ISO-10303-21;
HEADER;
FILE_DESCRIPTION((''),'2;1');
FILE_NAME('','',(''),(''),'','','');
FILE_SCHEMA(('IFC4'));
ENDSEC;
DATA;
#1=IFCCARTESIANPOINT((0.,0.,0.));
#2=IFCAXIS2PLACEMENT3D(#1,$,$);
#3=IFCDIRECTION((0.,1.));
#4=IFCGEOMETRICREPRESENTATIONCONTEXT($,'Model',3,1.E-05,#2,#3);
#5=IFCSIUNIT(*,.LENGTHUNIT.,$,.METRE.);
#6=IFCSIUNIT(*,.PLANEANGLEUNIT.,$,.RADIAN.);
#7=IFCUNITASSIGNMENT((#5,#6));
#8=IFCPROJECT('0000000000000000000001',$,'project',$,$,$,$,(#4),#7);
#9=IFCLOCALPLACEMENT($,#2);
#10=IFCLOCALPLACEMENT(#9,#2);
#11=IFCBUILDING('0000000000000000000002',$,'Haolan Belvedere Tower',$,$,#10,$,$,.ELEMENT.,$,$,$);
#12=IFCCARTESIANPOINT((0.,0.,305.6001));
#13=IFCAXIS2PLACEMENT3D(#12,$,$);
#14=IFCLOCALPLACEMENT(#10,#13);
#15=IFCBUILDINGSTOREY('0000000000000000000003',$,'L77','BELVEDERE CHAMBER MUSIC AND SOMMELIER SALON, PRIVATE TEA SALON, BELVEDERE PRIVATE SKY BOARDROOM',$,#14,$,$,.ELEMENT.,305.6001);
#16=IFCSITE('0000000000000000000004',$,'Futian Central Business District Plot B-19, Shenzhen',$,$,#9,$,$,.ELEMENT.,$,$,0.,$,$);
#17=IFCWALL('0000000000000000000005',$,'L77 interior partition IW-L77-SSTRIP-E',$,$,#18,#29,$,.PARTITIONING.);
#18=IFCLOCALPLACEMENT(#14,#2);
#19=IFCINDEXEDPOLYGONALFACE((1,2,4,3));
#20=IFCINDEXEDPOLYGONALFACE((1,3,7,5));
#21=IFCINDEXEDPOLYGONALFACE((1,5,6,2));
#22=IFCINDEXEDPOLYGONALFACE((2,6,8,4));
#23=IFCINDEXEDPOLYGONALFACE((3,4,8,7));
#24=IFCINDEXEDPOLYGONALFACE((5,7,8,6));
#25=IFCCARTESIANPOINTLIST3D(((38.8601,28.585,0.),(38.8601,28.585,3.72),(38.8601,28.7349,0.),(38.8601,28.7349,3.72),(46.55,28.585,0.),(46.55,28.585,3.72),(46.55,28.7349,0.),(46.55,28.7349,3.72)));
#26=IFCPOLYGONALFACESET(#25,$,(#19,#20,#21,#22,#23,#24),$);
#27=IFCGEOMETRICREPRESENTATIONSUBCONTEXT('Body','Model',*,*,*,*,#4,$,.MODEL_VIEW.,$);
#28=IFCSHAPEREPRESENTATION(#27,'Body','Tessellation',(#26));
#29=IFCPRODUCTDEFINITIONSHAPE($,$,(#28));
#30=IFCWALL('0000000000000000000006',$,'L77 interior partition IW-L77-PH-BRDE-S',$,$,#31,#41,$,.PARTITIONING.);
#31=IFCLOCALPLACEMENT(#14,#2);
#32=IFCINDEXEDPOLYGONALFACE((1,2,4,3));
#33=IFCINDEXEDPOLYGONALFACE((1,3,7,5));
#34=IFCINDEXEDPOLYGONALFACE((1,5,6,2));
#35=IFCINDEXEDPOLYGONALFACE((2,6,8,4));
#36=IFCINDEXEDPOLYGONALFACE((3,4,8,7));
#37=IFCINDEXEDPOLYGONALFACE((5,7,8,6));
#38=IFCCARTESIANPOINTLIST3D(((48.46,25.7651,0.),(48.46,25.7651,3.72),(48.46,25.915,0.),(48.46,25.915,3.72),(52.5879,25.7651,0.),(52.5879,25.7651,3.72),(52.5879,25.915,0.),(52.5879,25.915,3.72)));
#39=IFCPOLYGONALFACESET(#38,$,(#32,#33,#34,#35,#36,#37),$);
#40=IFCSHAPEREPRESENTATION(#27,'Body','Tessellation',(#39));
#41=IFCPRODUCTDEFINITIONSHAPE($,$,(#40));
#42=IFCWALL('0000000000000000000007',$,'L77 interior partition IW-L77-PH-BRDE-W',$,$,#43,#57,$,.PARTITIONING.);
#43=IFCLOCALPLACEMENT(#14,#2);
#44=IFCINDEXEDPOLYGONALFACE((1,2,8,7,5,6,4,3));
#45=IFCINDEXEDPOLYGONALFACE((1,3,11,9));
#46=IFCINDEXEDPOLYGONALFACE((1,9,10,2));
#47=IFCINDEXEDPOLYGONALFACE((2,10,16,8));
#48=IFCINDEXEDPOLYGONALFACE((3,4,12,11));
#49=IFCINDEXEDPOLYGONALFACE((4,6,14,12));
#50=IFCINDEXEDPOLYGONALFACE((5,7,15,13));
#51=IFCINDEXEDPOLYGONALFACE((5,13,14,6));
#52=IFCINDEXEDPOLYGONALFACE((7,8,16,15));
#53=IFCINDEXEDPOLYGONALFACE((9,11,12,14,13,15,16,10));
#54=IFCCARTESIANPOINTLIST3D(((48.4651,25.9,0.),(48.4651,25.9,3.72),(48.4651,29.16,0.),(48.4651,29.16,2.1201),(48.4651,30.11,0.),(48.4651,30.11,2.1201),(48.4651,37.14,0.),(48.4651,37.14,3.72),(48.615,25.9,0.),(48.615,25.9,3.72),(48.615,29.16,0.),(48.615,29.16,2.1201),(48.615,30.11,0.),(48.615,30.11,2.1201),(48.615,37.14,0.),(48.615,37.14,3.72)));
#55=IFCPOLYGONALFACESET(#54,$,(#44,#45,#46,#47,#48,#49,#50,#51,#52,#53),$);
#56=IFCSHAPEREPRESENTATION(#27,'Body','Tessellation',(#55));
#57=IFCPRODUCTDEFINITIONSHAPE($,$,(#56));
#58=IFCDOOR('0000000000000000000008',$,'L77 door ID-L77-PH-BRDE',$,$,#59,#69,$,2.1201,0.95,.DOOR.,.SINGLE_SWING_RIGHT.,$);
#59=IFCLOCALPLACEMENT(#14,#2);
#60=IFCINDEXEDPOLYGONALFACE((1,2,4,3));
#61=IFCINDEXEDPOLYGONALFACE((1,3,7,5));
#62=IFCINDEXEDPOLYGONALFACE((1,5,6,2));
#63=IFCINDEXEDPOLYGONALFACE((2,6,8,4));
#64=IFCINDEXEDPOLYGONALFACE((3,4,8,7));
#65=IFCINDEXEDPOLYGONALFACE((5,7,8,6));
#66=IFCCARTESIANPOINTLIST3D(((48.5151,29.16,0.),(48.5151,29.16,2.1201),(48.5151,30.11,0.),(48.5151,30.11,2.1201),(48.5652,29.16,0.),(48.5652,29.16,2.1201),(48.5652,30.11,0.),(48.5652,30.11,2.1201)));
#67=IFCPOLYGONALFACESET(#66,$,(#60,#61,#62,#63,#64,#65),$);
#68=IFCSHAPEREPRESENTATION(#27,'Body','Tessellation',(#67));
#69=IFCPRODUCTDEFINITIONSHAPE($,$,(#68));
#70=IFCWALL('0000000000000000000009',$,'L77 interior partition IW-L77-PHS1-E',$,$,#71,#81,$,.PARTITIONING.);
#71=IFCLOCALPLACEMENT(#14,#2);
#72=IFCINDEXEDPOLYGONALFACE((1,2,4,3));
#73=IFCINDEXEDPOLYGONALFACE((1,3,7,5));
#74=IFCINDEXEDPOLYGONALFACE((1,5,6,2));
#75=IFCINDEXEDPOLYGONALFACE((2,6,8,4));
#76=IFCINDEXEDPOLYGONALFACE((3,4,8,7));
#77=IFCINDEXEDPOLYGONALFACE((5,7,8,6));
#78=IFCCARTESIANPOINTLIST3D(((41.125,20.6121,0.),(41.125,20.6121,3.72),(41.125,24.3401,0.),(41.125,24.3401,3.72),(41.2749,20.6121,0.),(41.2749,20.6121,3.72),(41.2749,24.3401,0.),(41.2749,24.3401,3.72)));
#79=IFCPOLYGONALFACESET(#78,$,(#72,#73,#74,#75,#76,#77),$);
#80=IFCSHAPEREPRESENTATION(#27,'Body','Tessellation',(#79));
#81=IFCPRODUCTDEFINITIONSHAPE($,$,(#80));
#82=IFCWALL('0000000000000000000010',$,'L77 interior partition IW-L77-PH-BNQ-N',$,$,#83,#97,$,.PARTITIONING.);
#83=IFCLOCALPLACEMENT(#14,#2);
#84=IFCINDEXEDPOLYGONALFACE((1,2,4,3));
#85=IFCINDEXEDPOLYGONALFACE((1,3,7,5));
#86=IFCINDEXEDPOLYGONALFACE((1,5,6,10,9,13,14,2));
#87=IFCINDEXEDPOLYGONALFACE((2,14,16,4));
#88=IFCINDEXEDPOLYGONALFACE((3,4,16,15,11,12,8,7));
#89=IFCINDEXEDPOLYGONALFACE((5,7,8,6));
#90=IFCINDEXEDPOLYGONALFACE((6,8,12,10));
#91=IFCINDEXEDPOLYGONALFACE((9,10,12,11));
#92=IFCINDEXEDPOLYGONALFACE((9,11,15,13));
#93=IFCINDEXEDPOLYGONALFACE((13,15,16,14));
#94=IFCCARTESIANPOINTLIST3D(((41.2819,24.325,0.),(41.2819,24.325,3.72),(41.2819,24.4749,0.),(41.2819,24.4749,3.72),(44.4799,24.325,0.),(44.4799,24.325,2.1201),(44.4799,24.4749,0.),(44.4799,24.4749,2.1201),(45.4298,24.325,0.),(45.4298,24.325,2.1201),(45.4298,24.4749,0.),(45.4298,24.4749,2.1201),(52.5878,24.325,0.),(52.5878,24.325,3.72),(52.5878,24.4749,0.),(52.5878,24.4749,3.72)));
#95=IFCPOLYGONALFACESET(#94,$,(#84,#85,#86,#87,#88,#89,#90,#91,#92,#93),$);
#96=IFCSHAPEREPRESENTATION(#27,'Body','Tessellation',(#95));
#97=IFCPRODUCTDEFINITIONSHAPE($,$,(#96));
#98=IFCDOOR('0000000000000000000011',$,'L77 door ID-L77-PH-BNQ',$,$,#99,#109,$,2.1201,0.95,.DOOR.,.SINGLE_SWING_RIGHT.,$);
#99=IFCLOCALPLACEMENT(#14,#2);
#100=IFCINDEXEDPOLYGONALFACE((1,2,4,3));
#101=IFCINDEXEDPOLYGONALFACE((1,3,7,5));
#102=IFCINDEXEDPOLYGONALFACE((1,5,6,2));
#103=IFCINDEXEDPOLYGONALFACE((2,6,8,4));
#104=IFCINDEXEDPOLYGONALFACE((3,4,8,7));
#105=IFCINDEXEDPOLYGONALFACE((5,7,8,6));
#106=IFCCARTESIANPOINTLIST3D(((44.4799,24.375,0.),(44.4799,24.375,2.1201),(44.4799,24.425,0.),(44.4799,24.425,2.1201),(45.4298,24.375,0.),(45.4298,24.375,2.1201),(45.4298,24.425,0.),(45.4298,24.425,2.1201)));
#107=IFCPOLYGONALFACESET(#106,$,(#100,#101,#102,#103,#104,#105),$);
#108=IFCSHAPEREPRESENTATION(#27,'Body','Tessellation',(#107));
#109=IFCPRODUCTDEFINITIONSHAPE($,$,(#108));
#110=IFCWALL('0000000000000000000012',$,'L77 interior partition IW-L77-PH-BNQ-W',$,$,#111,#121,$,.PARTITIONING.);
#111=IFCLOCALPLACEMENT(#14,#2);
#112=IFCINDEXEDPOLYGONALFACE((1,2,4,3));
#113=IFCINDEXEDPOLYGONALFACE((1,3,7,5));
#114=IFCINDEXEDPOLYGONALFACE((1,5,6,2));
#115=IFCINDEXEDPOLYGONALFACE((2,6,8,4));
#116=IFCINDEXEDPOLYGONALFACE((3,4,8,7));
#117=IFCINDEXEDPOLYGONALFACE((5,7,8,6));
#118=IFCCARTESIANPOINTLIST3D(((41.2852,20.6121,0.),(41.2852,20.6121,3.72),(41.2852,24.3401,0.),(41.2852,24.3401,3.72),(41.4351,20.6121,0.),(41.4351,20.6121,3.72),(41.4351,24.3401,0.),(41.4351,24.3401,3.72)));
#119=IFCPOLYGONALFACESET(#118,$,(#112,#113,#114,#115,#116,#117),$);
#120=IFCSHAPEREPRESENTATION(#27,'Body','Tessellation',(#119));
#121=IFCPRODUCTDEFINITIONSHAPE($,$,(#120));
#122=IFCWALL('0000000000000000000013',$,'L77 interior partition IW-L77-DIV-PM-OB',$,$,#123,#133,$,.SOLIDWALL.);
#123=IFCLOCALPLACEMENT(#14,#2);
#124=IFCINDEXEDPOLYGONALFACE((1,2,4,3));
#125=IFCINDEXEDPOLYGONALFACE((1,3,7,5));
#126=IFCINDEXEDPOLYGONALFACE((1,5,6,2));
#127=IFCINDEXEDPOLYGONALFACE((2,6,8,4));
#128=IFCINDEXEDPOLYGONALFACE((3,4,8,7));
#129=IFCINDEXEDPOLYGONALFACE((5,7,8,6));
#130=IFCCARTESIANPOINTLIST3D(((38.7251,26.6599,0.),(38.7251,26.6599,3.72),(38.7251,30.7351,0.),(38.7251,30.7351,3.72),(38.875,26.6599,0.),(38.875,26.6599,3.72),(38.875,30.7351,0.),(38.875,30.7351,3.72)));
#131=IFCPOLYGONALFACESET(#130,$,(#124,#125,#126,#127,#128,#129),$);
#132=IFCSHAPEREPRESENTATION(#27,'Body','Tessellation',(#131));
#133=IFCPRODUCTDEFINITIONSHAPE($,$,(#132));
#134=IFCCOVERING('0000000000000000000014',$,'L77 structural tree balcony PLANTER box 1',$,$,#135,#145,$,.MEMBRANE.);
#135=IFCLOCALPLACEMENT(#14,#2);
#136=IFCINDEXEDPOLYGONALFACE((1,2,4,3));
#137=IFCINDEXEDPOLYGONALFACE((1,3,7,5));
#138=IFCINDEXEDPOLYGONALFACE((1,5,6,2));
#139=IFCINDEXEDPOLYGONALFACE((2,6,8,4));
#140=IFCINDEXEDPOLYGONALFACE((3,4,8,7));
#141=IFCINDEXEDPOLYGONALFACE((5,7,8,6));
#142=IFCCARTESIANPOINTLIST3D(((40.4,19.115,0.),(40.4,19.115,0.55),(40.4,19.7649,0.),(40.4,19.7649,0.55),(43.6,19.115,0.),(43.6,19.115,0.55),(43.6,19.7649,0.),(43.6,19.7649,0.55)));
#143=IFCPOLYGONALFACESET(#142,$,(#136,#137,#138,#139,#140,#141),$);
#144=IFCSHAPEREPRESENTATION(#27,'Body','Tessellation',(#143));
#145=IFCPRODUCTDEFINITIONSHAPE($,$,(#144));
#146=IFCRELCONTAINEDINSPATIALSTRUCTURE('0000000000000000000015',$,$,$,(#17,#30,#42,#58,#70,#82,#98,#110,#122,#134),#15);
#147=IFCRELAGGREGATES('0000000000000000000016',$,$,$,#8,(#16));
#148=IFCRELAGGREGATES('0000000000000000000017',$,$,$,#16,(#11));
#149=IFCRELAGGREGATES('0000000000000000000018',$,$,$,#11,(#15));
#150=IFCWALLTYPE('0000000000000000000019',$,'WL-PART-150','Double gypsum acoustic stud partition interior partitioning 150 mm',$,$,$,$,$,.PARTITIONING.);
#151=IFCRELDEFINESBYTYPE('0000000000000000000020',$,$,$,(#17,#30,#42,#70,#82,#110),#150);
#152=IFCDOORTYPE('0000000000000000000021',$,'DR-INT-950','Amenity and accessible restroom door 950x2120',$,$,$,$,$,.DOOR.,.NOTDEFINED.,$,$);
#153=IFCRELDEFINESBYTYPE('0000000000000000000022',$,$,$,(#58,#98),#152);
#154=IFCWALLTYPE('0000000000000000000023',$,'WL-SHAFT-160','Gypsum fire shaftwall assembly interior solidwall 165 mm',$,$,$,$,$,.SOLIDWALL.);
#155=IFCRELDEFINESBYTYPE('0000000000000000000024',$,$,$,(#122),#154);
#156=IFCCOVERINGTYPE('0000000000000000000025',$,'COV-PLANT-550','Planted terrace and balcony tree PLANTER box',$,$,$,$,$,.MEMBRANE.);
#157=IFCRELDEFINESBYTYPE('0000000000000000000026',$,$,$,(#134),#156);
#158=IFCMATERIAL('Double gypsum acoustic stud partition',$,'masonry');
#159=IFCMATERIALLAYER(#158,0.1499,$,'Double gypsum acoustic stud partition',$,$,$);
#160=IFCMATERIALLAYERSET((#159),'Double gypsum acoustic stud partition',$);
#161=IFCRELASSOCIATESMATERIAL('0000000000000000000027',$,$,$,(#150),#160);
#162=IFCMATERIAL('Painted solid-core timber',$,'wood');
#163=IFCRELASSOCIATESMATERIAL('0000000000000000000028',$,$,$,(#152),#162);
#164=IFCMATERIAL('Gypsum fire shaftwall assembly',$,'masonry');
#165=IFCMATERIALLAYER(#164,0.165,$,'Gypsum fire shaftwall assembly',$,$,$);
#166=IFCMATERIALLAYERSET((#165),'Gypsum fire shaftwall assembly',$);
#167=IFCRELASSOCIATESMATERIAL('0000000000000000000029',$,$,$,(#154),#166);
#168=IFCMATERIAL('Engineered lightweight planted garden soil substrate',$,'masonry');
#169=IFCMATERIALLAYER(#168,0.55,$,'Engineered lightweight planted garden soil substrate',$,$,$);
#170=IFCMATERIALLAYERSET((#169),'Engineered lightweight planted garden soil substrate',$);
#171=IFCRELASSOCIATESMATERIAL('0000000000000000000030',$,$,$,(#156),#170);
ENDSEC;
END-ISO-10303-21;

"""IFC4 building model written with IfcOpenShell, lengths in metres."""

from ifc_helpers import new_model, si_unit, direction, frame, frame_2d, origin, origin_2d, place, context, subcontext, project, spatial, rectangle, extrude, material, layer, layer_set, type_object, element, fill, save


model = new_model("IFC4")

# Units and contexts
model_context = context("Model", 3, precision=1e-05, world=origin(), true_north=direction((0.0, 1.0)))
body_context = subcontext(model_context, "Body", "Model", "MODEL_VIEW")
ifc_project = project(units=[si_unit("LENGTHUNIT", "METRE"), si_unit("PLANEANGLEUNIT", "RADIAN")], contexts=[model_context])

# Site, building, storey
site_placement = place(None, origin())
site = spatial("IfcSite", under=ifc_project, at=site_placement, Name="Futian Central Business District Plot B-19, Shenzhen", CompositionType="ELEMENT", RefElevation=0.0)
building_placement = place(site_placement, origin())
building = spatial("IfcBuilding", under=site, at=building_placement, Name="Haolan Belvedere Tower", CompositionType="ELEMENT")
storey_placement = place(building_placement, frame((0.0, 0.0, 305.6001)))
storey = spatial("IfcBuildingStorey", under=building, at=storey_placement, Name="L77", Description="BELVEDERE CHAMBER MUSIC AND SOMMELIER SALON, PRIVATE TEA SALON, BELVEDERE PRIVATE SKY BOARDROOM", CompositionType="ELEMENT", Elevation=305.6001)

# Walls
ifc_material_1 = material(Name="Double gypsum acoustic stud partition", Category="masonry")
ifc_layer_1 = layer(ifc_material_1, 0.1499, Name="Double gypsum acoustic stud partition")
ifc_layer_set_1 = layer_set([ifc_layer_1], Name="Double gypsum acoustic stud partition")
wall_type_1 = type_object("IfcWallType", Name="WL-PART-150", Description="Double gypsum acoustic stud partition interior partitioning 150 mm", PredefinedType="PARTITIONING", material=ifc_layer_set_1)
wall_1_placement = place(storey_placement, frame((38.8601, 28.6599, 0.0), z_axis=(0.0, 0.0, 1.0), x_axis=(1.0, 0.0, 0.0)))
element("IfcWall", 1, at=wall_1_placement, inside=storey, type_object=wall_type_1, Name="L77 interior partition IW-L77-SSTRIP-E", PredefinedType="PARTITIONING", context=body_context, shape_type="SweptSolid", body=[
    extrude(rectangle(XDim=7.6899, YDim=0.1499, at=frame_2d((3.845, 0.0))), origin(), (0.0, 0.0, 1.0), 3.72),
])
wall_2_placement = place(storey_placement, frame((48.46, 25.8401, 0.0), z_axis=(0.0, 0.0, 1.0), x_axis=(1.0, 0.0, 0.0)))
element("IfcWall", 2, at=wall_2_placement, inside=storey, type_object=wall_type_1, Name="L77 interior partition IW-L77-PH-BRDE-S", PredefinedType="PARTITIONING", context=body_context, shape_type="SweptSolid", body=[
    extrude(rectangle(XDim=4.1279, YDim=0.1499, at=frame_2d((2.064, 0.0))), origin(), (0.0, 0.0, 1.0), 3.72),
])

# Wall, opening, door
wall_3_placement = place(storey_placement, frame((48.54, 25.8999, 0.0), z_axis=(0.0, 0.0, 1.0), x_axis=(0.0, 1.0, 0.0)))
wall_3 = element("IfcWall", 3, at=wall_3_placement, inside=storey, type_object=wall_type_1, Name="L77 interior partition IW-L77-PH-BRDE-W", PredefinedType="PARTITIONING", context=body_context, shape_type="SweptSolid", body=[
    extrude(rectangle(XDim=11.24, YDim=0.1499, at=frame_2d((5.6201, 0.0))), origin(), (0.0, 0.0, 1.0), 3.72),
])
opening_1_placement = place(wall_3_placement, frame((3.26, 0.0, 0.0)))
opening_1 = element("IfcOpeningElement", 4, at=opening_1_placement, cuts=wall_3, PredefinedType="OPENING", context=body_context, shape_type="SweptSolid", body=[
    extrude(rectangle(XDim=0.95, YDim=2.1201, at=frame_2d((0.4751, 1.0601))), frame((0.0, 0.085, 0.0), z_axis=(0.0, -1.0, 0.0), x_axis=(1.0, 0.0, 0.0)), (0.0, 0.0, 1.0), 0.1699),
])
ifc_material_2 = material(Name="Painted solid-core timber", Category="wood")
door_type_1 = type_object("IfcDoorType", Name="DR-INT-950", Description="Amenity and accessible restroom door 950x2120", OperationType="NOTDEFINED", PredefinedType="DOOR", material=ifc_material_2)
door_1_placement = place(opening_1_placement, origin())
door_1 = element("IfcDoor", 5, at=door_1_placement, inside=storey, type_object=door_type_1, Name="L77 door ID-L77-PH-BRDE", OperationType="SINGLE_SWING_RIGHT", OverallHeight=2.1201, OverallWidth=0.95, PredefinedType="DOOR", context=body_context, shape_type="SweptSolid", body=[
    extrude(rectangle(XDim=0.95, YDim=2.1201, at=frame_2d((0.4751, 1.0601))), frame((0.0, 0.0249, 0.0), z_axis=(0.0, -1.0, 0.0), x_axis=(1.0, 0.0, 0.0)), (0.0, 0.0, 1.0), 0.05),
])
fill(opening_1, door_1)

# Wall
wall_4_placement = place(storey_placement, frame((41.2, 20.6121, 0.0), z_axis=(0.0, 0.0, 1.0), x_axis=(0.0, 1.0, 0.0)))
element("IfcWall", 6, at=wall_4_placement, inside=storey, type_object=wall_type_1, Name="L77 interior partition IW-L77-PHS1-E", PredefinedType="PARTITIONING", context=body_context, shape_type="SweptSolid", body=[
    extrude(rectangle(XDim=3.728, YDim=0.1499, at=frame_2d((1.864, 0.0))), origin(), (0.0, 0.0, 1.0), 3.72),
])

# Wall, opening, door
wall_5_placement = place(storey_placement, frame((41.282, 24.3999, 0.0), z_axis=(0.0, 0.0, 1.0), x_axis=(1.0, 0.0, 0.0)))
wall_5 = element("IfcWall", 7, at=wall_5_placement, inside=storey, type_object=wall_type_1, Name="L77 interior partition IW-L77-PH-BNQ-N", PredefinedType="PARTITIONING", context=body_context, shape_type="SweptSolid", body=[
    extrude(rectangle(XDim=11.3059, YDim=0.1499, at=frame_2d((5.6528, 0.0))), origin(), (0.0, 0.0, 1.0), 3.72),
])
opening_2_placement = place(wall_5_placement, frame((4.1479, 0.0, 0.0), z_axis=(0.0, 0.0, 1.0), x_axis=(-1.0, 0.0, 0.0)))
opening_2 = element("IfcOpeningElement", 8, at=opening_2_placement, cuts=wall_5, PredefinedType="OPENING", context=body_context, shape_type="SweptSolid", body=[
    extrude(rectangle(XDim=0.95, YDim=2.1201, at=frame_2d((0.4751, 1.0601))), frame((0.0, 0.085, 0.0), z_axis=(0.0, -1.0, 0.0), x_axis=(1.0, 0.0, 0.0)), (0.0, 0.0, 1.0), 0.1699),
])
door_2_placement = place(opening_2_placement, origin())
door_2 = element("IfcDoor", 9, at=door_2_placement, inside=storey, type_object=door_type_1, Name="L77 door ID-L77-PH-BNQ", OperationType="SINGLE_SWING_RIGHT", OverallHeight=2.1201, OverallWidth=0.95, PredefinedType="DOOR", context=body_context, shape_type="SweptSolid", body=[
    extrude(rectangle(XDim=0.95, YDim=2.1201, at=frame_2d((0.4751, 1.0601))), frame((0.0, 0.0249, 0.0), z_axis=(0.0, -1.0, 0.0), x_axis=(1.0, 0.0, 0.0)), (0.0, 0.0, 1.0), 0.05),
])
fill(opening_2, door_2)

# Walls
wall_6_placement = place(storey_placement, frame((41.3601, 20.6121, 0.0), z_axis=(0.0, 0.0, 1.0), x_axis=(0.0, 1.0, 0.0)))
element("IfcWall", 10, at=wall_6_placement, inside=storey, type_object=wall_type_1, Name="L77 interior partition IW-L77-PH-BNQ-W", PredefinedType="PARTITIONING", context=body_context, shape_type="SweptSolid", body=[
    extrude(rectangle(XDim=3.728, YDim=0.1499, at=frame_2d((1.864, 0.0))), origin(), (0.0, 0.0, 1.0), 3.72),
])
ifc_material_3 = material(Name="Gypsum fire shaftwall assembly", Category="masonry")
ifc_layer_2 = layer(ifc_material_3, 0.165, Name="Gypsum fire shaftwall assembly")
ifc_layer_set_2 = layer_set([ifc_layer_2], Name="Gypsum fire shaftwall assembly")
wall_type_2 = type_object("IfcWallType", Name="WL-SHAFT-160", Description="Gypsum fire shaftwall assembly interior solidwall 165 mm", PredefinedType="SOLIDWALL", material=ifc_layer_set_2)
wall_7_placement = place(storey_placement, frame((38.8, 26.6599, 0.0), z_axis=(0.0, 0.0, 1.0), x_axis=(0.0, 1.0, 0.0)))
element("IfcWall", 11, at=wall_7_placement, inside=storey, type_object=wall_type_2, Name="L77 interior partition IW-L77-DIV-PM-OB", PredefinedType="SOLIDWALL", context=body_context, shape_type="SweptSolid", body=[
    extrude(rectangle(XDim=4.0752, YDim=0.1499, at=frame_2d((2.0376, 0.0))), origin(), (0.0, 0.0, 1.0), 3.72),
])

# Covering
ifc_material_4 = material(Name="Engineered lightweight planted garden soil substrate", Category="masonry")
ifc_layer_3 = layer(ifc_material_4, 0.55, Name="Engineered lightweight planted garden soil substrate")
ifc_layer_set_3 = layer_set([ifc_layer_3], Name="Engineered lightweight planted garden soil substrate")
covering_type = type_object("IfcCoveringType", Name="COV-PLANT-550", Description="Planted terrace and balcony tree PLANTER box", PredefinedType="MEMBRANE", material=ifc_layer_set_3)
covering_placement = place(storey_placement, frame((42.0, 19.4399, 0.0), z_axis=(0.0, 0.0, 1.0), x_axis=(1.0, 0.0, 0.0)))
element("IfcCovering", 12, at=covering_placement, inside=storey, type_object=covering_type, Name="L77 structural tree balcony PLANTER box 1", PredefinedType="MEMBRANE", context=body_context, shape_type="SweptSolid", body=[
    extrude(rectangle(XDim=3.2, YDim=0.6499, at=origin_2d()), origin(), (0.0, 0.0, 1.0), 0.55),
])

save(model, "model.ifc")
